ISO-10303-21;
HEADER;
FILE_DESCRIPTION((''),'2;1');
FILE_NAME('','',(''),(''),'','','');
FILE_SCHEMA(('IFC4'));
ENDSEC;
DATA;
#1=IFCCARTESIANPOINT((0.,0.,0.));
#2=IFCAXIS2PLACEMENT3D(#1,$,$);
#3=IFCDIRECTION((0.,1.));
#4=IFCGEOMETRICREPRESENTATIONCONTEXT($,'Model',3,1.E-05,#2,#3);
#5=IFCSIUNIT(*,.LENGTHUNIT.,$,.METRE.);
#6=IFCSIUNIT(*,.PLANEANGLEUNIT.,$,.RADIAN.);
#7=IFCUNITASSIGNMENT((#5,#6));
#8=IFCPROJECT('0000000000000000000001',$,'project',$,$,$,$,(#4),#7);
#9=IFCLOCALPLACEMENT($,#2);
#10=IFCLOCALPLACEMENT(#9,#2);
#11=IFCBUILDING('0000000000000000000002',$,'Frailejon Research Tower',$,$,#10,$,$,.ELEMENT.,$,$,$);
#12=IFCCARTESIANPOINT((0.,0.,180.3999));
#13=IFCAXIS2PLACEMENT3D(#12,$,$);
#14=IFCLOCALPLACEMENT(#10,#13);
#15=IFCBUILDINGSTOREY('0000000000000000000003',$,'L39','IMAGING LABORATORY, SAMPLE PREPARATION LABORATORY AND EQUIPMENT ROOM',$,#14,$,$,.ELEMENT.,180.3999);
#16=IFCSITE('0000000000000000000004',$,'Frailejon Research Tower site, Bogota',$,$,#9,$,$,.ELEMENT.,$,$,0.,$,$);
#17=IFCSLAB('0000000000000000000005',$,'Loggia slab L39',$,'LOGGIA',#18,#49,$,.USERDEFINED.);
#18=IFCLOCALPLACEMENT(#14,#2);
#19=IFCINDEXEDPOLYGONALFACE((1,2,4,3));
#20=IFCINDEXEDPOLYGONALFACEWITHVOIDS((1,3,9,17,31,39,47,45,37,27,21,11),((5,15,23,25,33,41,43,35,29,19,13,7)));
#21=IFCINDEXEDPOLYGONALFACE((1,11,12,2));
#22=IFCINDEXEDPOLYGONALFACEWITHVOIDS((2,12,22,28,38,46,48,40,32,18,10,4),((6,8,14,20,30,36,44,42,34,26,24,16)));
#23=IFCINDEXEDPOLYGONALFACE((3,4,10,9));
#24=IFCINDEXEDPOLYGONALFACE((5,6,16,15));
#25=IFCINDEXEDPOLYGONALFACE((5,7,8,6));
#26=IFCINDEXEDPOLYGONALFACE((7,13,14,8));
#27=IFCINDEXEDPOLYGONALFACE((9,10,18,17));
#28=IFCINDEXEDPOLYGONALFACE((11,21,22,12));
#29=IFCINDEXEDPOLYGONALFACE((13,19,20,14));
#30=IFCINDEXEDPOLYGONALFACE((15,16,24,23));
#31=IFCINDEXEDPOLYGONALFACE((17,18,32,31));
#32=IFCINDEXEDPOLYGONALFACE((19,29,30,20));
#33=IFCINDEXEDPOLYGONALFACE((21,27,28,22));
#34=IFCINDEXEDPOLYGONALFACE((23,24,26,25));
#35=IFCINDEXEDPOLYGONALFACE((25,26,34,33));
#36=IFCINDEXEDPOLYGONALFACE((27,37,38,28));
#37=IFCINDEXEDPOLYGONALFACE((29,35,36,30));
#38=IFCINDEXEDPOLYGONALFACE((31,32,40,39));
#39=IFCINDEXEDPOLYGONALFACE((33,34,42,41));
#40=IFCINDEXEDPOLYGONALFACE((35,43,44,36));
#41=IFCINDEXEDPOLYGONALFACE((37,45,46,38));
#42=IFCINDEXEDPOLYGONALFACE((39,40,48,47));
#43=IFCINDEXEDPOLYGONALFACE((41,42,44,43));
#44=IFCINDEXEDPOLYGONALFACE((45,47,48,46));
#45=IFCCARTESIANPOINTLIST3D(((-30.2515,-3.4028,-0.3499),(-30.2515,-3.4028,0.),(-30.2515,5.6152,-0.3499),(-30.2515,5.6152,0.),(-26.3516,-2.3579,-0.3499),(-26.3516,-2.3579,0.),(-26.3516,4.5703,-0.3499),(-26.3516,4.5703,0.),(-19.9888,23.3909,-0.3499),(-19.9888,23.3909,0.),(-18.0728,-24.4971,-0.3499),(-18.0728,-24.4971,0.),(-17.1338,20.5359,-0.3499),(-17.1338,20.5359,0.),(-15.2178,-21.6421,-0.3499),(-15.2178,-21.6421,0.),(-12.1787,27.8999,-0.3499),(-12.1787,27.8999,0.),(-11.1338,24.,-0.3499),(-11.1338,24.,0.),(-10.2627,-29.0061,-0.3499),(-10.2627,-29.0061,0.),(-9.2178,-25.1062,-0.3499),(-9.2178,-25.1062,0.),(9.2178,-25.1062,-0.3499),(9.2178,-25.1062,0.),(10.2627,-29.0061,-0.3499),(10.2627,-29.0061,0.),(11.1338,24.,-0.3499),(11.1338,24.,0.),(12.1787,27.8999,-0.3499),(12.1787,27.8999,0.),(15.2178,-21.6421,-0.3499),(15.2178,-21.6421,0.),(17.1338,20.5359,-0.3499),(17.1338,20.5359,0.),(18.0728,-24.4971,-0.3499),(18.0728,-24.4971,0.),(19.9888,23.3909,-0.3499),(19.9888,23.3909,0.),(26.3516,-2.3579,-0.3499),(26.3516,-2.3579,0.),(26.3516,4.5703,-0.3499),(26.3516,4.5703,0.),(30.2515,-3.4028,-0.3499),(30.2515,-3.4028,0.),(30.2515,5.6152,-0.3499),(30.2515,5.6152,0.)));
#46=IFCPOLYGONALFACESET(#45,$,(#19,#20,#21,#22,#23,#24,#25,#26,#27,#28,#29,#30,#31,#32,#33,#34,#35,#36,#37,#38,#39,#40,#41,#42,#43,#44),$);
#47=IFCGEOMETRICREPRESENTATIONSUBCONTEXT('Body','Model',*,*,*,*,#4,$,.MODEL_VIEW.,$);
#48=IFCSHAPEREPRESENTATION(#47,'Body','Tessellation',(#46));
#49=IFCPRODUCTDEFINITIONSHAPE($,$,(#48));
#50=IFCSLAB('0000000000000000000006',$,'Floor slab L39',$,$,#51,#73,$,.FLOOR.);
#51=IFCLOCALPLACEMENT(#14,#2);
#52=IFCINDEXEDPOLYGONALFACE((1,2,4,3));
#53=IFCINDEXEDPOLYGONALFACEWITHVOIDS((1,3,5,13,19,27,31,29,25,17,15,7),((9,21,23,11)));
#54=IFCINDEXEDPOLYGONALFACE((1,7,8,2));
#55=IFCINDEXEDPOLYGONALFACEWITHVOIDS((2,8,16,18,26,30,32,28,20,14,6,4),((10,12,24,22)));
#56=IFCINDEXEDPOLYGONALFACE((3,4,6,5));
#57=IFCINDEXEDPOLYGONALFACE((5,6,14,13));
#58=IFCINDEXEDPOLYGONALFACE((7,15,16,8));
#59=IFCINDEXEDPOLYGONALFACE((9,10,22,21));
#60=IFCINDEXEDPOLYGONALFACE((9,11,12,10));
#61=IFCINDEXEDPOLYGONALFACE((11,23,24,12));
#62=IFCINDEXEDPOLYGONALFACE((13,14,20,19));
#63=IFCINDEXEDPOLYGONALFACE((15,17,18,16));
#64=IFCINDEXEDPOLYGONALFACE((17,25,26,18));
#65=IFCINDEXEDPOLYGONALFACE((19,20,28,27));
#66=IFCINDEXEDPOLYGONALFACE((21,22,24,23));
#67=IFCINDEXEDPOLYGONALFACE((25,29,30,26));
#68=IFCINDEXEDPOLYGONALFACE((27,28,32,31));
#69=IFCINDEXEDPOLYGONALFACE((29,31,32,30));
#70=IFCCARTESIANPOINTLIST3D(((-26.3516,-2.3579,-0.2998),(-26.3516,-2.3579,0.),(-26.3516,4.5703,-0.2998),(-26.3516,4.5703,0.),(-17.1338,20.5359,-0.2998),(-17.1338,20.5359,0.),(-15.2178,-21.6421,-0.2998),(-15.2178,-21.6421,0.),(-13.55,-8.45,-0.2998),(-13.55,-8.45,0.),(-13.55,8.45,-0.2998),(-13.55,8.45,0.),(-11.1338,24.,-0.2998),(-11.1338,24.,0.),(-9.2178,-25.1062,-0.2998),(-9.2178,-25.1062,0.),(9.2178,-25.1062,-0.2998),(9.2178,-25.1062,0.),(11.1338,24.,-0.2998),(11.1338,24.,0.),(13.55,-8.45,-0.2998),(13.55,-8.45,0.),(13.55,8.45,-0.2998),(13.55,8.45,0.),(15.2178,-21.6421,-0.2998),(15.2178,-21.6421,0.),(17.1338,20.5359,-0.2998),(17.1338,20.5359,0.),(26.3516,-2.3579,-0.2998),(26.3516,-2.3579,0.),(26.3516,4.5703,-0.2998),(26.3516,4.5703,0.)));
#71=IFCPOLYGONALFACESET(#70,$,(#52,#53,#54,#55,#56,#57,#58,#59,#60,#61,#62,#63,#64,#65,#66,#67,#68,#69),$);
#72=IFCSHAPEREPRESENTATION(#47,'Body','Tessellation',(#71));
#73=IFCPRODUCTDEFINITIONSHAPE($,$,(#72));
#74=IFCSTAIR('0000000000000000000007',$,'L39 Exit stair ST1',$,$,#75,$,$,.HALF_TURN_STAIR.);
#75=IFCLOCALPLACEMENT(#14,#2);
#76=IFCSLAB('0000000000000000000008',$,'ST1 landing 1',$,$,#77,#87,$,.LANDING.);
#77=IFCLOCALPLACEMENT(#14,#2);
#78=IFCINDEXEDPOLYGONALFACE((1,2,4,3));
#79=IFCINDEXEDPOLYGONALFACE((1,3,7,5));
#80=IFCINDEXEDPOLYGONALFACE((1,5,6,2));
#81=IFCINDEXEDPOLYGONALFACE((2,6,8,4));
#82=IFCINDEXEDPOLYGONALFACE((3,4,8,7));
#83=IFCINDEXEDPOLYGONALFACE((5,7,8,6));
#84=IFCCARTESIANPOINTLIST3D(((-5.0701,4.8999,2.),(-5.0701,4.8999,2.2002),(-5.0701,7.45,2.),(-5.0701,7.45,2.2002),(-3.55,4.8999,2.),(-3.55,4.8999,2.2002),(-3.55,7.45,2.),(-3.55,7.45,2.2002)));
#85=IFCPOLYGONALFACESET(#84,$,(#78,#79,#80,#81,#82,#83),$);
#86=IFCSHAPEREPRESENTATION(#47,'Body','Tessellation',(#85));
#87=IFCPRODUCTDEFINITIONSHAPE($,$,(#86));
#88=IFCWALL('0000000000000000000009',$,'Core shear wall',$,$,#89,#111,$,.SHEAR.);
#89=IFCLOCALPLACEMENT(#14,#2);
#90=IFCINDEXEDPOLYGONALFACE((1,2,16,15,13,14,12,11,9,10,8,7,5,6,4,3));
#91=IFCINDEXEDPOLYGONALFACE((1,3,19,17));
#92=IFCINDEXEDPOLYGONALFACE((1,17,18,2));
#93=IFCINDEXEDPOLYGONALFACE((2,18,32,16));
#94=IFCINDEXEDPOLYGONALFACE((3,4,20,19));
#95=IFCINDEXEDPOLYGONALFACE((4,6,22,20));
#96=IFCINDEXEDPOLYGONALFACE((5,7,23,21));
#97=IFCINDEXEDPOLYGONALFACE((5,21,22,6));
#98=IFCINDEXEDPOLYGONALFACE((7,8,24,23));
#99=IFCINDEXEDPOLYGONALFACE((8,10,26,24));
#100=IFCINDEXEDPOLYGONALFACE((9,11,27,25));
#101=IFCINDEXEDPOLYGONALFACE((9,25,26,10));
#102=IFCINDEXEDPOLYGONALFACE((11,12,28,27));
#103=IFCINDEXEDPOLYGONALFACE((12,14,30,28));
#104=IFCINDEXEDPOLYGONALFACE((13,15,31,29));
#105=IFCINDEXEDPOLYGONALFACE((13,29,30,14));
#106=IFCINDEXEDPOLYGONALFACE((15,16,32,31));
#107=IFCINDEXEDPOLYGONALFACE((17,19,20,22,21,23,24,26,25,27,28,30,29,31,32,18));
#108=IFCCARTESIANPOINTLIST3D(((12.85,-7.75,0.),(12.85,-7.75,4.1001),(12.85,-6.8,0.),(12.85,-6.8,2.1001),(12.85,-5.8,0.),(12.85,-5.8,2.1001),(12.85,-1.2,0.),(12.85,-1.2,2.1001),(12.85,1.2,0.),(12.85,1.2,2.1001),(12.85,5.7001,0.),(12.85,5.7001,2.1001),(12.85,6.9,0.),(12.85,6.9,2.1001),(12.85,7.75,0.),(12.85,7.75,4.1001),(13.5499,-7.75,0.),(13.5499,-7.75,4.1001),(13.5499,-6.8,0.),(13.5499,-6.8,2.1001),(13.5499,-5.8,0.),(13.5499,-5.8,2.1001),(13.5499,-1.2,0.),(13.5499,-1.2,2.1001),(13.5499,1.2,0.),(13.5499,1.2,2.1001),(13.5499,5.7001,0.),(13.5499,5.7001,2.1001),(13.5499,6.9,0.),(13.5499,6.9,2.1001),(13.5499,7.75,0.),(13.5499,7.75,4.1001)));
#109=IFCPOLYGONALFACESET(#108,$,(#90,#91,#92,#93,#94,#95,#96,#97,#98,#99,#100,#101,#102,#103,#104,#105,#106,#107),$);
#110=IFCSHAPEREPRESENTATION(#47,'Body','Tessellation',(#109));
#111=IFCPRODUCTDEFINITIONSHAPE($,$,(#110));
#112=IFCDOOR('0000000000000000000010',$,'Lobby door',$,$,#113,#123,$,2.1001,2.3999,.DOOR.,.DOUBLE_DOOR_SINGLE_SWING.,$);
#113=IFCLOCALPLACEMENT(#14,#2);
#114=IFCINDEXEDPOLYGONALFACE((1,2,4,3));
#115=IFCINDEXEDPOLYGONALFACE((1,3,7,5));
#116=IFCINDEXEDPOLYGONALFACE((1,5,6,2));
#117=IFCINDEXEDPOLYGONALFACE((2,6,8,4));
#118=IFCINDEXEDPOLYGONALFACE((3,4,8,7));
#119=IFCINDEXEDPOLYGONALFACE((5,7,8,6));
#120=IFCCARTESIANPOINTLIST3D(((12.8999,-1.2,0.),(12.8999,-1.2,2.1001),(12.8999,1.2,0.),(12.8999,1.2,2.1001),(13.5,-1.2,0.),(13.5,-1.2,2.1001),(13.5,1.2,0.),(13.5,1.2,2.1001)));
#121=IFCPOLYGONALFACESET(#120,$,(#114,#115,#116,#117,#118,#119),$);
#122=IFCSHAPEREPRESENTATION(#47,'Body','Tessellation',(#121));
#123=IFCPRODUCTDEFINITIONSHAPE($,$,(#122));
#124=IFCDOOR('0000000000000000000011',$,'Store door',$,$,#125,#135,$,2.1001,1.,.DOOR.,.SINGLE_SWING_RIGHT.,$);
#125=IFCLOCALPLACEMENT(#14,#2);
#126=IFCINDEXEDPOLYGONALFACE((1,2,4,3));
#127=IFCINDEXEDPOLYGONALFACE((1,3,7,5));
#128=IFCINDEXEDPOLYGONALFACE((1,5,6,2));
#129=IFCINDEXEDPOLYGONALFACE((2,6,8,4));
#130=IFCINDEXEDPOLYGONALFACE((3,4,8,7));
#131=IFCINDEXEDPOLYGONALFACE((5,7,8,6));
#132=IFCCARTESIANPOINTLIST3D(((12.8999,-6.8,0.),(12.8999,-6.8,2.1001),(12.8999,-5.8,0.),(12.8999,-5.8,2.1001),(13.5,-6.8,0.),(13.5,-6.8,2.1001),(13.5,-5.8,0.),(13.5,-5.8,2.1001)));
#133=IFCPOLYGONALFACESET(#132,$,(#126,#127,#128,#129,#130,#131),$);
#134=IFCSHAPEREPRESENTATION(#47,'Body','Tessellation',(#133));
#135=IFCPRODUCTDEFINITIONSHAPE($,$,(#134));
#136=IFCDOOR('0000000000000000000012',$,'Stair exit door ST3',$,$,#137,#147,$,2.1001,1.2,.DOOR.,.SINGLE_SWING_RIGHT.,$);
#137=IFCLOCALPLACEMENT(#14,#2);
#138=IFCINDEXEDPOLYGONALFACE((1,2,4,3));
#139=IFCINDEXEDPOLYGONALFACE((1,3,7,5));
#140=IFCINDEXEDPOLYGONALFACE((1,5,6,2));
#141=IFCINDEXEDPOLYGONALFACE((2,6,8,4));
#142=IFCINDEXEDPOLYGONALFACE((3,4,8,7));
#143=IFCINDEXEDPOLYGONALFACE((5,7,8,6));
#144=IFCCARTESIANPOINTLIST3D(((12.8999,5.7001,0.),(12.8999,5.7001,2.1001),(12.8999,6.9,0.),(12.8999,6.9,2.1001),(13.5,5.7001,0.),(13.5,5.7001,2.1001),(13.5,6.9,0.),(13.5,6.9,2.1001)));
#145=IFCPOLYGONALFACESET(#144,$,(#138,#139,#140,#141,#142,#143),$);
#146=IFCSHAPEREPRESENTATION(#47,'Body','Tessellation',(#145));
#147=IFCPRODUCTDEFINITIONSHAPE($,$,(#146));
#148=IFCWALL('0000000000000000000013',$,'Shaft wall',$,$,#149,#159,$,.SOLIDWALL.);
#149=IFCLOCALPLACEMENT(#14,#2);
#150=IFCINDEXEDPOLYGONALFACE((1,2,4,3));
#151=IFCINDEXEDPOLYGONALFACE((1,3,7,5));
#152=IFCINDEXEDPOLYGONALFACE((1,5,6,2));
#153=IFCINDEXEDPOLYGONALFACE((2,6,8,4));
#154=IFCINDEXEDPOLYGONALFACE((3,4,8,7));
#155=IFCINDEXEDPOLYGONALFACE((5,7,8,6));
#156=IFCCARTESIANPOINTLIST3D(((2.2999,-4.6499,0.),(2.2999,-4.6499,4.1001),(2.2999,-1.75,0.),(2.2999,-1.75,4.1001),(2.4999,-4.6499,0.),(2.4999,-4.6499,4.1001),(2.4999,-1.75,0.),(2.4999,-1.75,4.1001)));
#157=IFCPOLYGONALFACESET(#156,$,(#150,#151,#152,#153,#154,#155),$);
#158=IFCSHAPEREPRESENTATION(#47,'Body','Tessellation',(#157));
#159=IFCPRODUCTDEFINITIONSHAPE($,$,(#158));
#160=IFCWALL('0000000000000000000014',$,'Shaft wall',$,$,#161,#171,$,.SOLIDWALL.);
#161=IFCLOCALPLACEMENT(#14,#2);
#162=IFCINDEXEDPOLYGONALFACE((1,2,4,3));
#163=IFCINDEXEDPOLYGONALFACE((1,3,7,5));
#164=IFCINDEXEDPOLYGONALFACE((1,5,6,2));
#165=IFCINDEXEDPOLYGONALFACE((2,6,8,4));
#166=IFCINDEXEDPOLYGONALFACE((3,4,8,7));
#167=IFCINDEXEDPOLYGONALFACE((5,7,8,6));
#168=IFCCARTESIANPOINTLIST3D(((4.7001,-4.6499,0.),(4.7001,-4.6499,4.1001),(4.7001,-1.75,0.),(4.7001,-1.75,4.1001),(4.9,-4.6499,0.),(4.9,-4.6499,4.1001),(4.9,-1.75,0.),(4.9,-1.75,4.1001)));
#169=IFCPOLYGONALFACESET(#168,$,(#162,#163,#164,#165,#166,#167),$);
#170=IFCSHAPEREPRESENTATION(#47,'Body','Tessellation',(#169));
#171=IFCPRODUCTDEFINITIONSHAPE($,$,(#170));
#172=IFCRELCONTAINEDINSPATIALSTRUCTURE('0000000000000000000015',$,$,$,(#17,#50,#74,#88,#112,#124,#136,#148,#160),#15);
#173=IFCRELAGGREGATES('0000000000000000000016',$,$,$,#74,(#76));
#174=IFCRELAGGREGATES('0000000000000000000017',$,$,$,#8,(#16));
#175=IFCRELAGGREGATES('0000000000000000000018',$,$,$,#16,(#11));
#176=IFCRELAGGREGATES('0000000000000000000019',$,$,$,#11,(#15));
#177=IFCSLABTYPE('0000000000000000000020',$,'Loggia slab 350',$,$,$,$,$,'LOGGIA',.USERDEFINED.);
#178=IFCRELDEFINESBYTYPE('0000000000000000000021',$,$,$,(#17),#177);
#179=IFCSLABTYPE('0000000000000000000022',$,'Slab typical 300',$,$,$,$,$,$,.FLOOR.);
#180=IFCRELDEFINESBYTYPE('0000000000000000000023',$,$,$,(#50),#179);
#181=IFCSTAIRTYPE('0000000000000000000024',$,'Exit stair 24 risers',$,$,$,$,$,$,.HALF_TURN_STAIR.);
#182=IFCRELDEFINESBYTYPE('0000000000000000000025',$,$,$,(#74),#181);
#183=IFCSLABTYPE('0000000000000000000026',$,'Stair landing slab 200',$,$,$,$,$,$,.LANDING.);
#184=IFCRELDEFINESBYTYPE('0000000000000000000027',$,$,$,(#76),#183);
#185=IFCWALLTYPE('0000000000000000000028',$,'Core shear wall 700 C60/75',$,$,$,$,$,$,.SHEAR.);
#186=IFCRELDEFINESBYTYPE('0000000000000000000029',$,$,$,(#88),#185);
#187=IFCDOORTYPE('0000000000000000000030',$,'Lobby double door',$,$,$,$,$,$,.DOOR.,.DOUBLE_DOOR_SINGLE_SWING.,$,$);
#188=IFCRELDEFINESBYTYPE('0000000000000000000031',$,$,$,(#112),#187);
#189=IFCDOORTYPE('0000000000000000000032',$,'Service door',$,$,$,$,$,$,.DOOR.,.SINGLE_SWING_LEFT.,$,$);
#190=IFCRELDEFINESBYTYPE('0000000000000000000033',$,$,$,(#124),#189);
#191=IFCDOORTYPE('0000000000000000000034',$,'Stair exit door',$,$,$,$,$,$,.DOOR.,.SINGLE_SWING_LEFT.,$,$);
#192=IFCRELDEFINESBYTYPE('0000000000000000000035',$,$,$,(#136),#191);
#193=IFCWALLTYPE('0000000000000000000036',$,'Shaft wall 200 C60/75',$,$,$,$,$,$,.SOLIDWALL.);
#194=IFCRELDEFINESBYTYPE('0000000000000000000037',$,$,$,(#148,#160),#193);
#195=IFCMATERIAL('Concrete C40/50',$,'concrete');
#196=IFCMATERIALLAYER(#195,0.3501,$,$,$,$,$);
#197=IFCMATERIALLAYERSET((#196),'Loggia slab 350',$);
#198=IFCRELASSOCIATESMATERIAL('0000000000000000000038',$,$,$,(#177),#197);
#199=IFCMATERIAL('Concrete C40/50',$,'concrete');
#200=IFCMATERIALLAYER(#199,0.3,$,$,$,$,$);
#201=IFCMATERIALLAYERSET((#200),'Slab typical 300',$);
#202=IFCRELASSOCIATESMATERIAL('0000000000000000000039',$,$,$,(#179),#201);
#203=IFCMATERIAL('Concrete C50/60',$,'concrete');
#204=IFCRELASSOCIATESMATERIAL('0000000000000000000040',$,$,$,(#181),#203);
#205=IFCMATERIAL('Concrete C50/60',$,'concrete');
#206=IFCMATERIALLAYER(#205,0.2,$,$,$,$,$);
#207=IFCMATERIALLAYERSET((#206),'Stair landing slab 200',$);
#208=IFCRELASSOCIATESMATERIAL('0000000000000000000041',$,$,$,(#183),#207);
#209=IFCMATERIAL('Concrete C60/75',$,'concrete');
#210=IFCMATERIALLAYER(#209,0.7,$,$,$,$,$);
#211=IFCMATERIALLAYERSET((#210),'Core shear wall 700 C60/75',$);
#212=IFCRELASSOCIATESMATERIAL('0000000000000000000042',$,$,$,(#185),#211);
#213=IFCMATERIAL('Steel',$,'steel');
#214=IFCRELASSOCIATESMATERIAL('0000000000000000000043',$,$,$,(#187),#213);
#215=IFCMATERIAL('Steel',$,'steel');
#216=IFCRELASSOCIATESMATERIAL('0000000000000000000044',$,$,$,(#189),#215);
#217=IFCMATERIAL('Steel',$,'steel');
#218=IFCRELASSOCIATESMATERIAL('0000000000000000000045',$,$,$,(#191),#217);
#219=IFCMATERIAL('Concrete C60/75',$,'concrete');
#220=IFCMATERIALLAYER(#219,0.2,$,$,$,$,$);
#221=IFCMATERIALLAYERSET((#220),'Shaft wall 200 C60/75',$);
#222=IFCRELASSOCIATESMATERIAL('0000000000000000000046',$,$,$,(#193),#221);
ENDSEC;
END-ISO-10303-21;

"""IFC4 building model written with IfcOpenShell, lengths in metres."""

from ifc_helpers import new_model, si_unit, direction, frame, frame_2d, origin, place, context, subcontext, project, spatial, polyline, rectangle, outline, extrude, material, layer, layer_set, type_object, element, fill, aggregate, save


model = new_model("IFC4")

# Units and contexts
model_context = context("Model", 3, precision=1e-05, world=origin(), true_north=direction((0.0, 1.0)))
body_context = subcontext(model_context, "Body", "Model", "MODEL_VIEW")
ifc_project = project(units=[si_unit("LENGTHUNIT", "METRE"), si_unit("PLANEANGLEUNIT", "RADIAN")], contexts=[model_context])

# Site, building, storey
site_placement = place(None, origin())
site = spatial("IfcSite", under=ifc_project, at=site_placement, Name="Frailejon Research Tower site, Bogota", CompositionType="ELEMENT", RefElevation=0.0)
building_placement = place(site_placement, origin())
building = spatial("IfcBuilding", under=site, at=building_placement, Name="Frailejon Research Tower", CompositionType="ELEMENT")
storey_placement = place(building_placement, frame((0.0, 0.0, 180.3999)))
storey = spatial("IfcBuildingStorey", under=building, at=storey_placement, Name="L39", Description="IMAGING LABORATORY, SAMPLE PREPARATION LABORATORY AND EQUIPMENT ROOM", CompositionType="ELEMENT", Elevation=180.3999)

# Slabs
ifc_material_1 = material(Name="Concrete C40/50", Category="concrete")
ifc_layer_1 = layer(ifc_material_1, 0.3501)
ifc_layer_set_1 = layer_set([ifc_layer_1], Name="Loggia slab 350")
slab_type_1 = type_object("IfcSlabType", Name="Loggia slab 350", ElementType="LOGGIA", PredefinedType="USERDEFINED", material=ifc_layer_set_1)
slab_1_placement = place(storey_placement, frame((0.0, 0.0, -0.3499)))
element("IfcSlab", 1, at=slab_1_placement, inside=storey, type_object=slab_type_1, Name="Loggia slab L39", ObjectType="LOGGIA", PredefinedType="USERDEFINED", context=body_context, shape_type="SweptSolid", body=[
    extrude(outline(polyline([(18.0728, -24.4971), (10.2627, -29.0061), (-10.2627, -29.0061), (-18.0728, -24.4971), (-30.2515, -3.4028), (-30.2515, 5.6152), (-19.9888, 23.3909), (-12.1787, 27.8999), (12.1787, 27.8999), (19.9888, 23.3909), (30.2515, 5.6152), (30.2515, -3.4028), (18.0728, -24.4971)]), holes=[polyline([(26.3516, 4.5703), (17.1338, 20.5359), (11.1338, 24.0), (-11.1338, 24.0), (-17.1338, 20.5359), (-26.3516, 4.5703), (-26.3516, -2.3579), (-15.2178, -21.6421), (-9.2178, -25.1062), (9.2178, -25.1062), (15.2178, -21.6421), (26.3516, -2.3579), (26.3516, 4.5703)])]), origin(), (0.0, 0.0, 1.0), 0.3499),
])
ifc_material_2 = material(Name="Concrete C40/50", Category="concrete")
ifc_layer_2 = layer(ifc_material_2, 0.3)
ifc_layer_set_2 = layer_set([ifc_layer_2], Name="Slab typical 300")
slab_type_2 = type_object("IfcSlabType", Name="Slab typical 300", PredefinedType="FLOOR", material=ifc_layer_set_2)
slab_2_placement = place(storey_placement, frame((0.0, 0.0, -0.2998)))
element("IfcSlab", 2, at=slab_2_placement, inside=storey, type_object=slab_type_2, Name="Floor slab L39", PredefinedType="FLOOR", context=body_context, shape_type="SweptSolid", body=[
    extrude(outline(polyline([(26.3516, -2.3579), (26.3516, 4.5703), (17.1338, 20.5359), (11.1338, 24.0), (-11.1338, 24.0), (-17.1338, 20.5359), (-26.3516, 4.5703), (-26.3516, -2.3579), (-15.2178, -21.6421), (-9.2178, -25.1062), (9.2178, -25.1062), (15.2178, -21.6421), (26.3516, -2.3579)]), holes=[polyline([(13.55, -8.45), (-13.55, -8.45), (-13.55, 8.45), (13.55, 8.45), (13.55, -8.45)])]), origin(), (0.0, 0.0, 1.0), 0.2998),
])

# Stair, slab
ifc_material_3 = material(Name="Concrete C50/60", Category="concrete")
stair_type = type_object("IfcStairType", Name="Exit stair 24 risers", PredefinedType="HALF_TURN_STAIR", material=ifc_material_3)
stair_placement = place(storey_placement, origin())
stair = element("IfcStair", 3, at=stair_placement, inside=storey, type_object=stair_type, Name="L39 Exit stair ST1", PredefinedType="HALF_TURN_STAIR")
ifc_material_4 = material(Name="Concrete C50/60", Category="concrete")
ifc_layer_3 = layer(ifc_material_4, 0.2)
ifc_layer_set_3 = layer_set([ifc_layer_3], Name="Stair landing slab 200")
slab_type_3 = type_object("IfcSlabType", Name="Stair landing slab 200", PredefinedType="LANDING", material=ifc_layer_set_3)
slab_3_placement = place(storey_placement, frame((0.0, 0.0, 2.0)))
slab_3 = element("IfcSlab", 4, at=slab_3_placement, type_object=slab_type_3, Name="ST1 landing 1", PredefinedType="LANDING", context=body_context, shape_type="SweptSolid", body=[
    extrude(outline(polyline([(-5.0701, 4.8999), (-3.55, 4.8999), (-3.55, 7.45), (-5.0701, 7.45), (-5.0701, 4.8999)])), origin(), (0.0, 0.0, 1.0), 0.2002),
])
aggregate(stair, [slab_3])

# Wall, openings, doors
ifc_material_5 = material(Name="Concrete C60/75", Category="concrete")
ifc_layer_4 = layer(ifc_material_5, 0.7)
ifc_layer_set_4 = layer_set([ifc_layer_4], Name="Core shear wall 700 C60/75")
wall_type_1 = type_object("IfcWallType", Name="Core shear wall 700 C60/75", PredefinedType="SHEAR", material=ifc_layer_set_4)
wall_1_placement = place(storey_placement, frame((13.2, -7.75, 0.0), z_axis=(0.0, 0.0, 1.0), x_axis=(0.0, 1.0, 0.0)))
wall_1 = element("IfcWall", 5, at=wall_1_placement, inside=storey, type_object=wall_type_1, Name="Core shear wall", PredefinedType="SHEAR", context=body_context, shape_type="SweptSolid", body=[
    extrude(rectangle(XDim=15.5, YDim=0.7, at=frame_2d((7.75, 0.0))), origin(), (0.0, 0.0, 1.0), 4.1001),
])
opening_1_placement = place(wall_1_placement, frame((6.55, 0.0, 0.0)))
opening_1 = element("IfcOpeningElement", 6, at=opening_1_placement, cuts=wall_1, PredefinedType="OPENING", context=body_context, shape_type="SweptSolid", body=[
    extrude(rectangle(XDim=2.3999, YDim=2.1001, at=frame_2d((1.2, 1.05))), frame((0.0, 0.3599, 0.0), z_axis=(0.0, -1.0, 0.0), x_axis=(1.0, 0.0, 0.0)), (0.0, 0.0, 1.0), 0.72),
])
opening_2_placement = place(wall_1_placement, frame((13.45, 0.0, 0.0)))
opening_2 = element("IfcOpeningElement", 7, at=opening_2_placement, cuts=wall_1, PredefinedType="OPENING", context=body_context, shape_type="SweptSolid", body=[
    extrude(rectangle(XDim=1.2, YDim=2.1001, at=frame_2d((0.6001, 1.05))), frame((0.0, 0.3599, 0.0), z_axis=(0.0, -1.0, 0.0), x_axis=(1.0, 0.0, 0.0)), (0.0, 0.0, 1.0), 0.72),
])
opening_3_placement = place(wall_1_placement, frame((0.95, 0.0, 0.0)))
opening_3 = element("IfcOpeningElement", 8, at=opening_3_placement, cuts=wall_1, PredefinedType="OPENING", context=body_context, shape_type="SweptSolid", body=[
    extrude(rectangle(XDim=1.0, YDim=2.1001, at=frame_2d((0.5, 1.05))), frame((0.0, 0.3599, 0.0), z_axis=(0.0, -1.0, 0.0), x_axis=(1.0, 0.0, 0.0)), (0.0, 0.0, 1.0), 0.72),
])
ifc_material_6 = material(Name="Steel", Category="steel")
door_type_1 = type_object("IfcDoorType", Name="Lobby double door", OperationType="DOUBLE_DOOR_SINGLE_SWING", PredefinedType="DOOR", material=ifc_material_6)
door_1_placement = place(opening_1_placement, origin())
door_1 = element("IfcDoor", 9, at=door_1_placement, inside=storey, type_object=door_type_1, Name="Lobby door", OperationType="DOUBLE_DOOR_SINGLE_SWING", OverallHeight=2.1001, OverallWidth=2.3999, PredefinedType="DOOR", context=body_context, shape_type="SweptSolid", body=[
    extrude(rectangle(XDim=2.3999, YDim=2.1001, at=frame_2d((1.2, 1.05))), frame((0.0, 0.3, 0.0), z_axis=(0.0, -1.0, 0.0), x_axis=(1.0, 0.0, 0.0)), (0.0, 0.0, 1.0), 0.6001),
])
fill(opening_1, door_1)
ifc_material_7 = material(Name="Steel", Category="steel")
door_type_2 = type_object("IfcDoorType", Name="Service door", OperationType="SINGLE_SWING_LEFT", PredefinedType="DOOR", material=ifc_material_7)
door_2_placement = place(opening_3_placement, origin())
door_2 = element("IfcDoor", 10, at=door_2_placement, inside=storey, type_object=door_type_2, Name="Store door", OperationType="SINGLE_SWING_RIGHT", OverallHeight=2.1001, OverallWidth=1.0, PredefinedType="DOOR", context=body_context, shape_type="SweptSolid", body=[
    extrude(rectangle(XDim=1.0, YDim=2.1001, at=frame_2d((0.5, 1.05))), frame((0.0, 0.3, 0.0), z_axis=(0.0, -1.0, 0.0), x_axis=(1.0, 0.0, 0.0)), (0.0, 0.0, 1.0), 0.6001),
])
fill(opening_3, door_2)
ifc_material_8 = material(Name="Steel", Category="steel")
door_type_3 = type_object("IfcDoorType", Name="Stair exit door", OperationType="SINGLE_SWING_LEFT", PredefinedType="DOOR", material=ifc_material_8)
door_3_placement = place(opening_2_placement, origin())
door_3 = element("IfcDoor", 11, at=door_3_placement, inside=storey, type_object=door_type_3, Name="Stair exit door ST3", OperationType="SINGLE_SWING_RIGHT", OverallHeight=2.1001, OverallWidth=1.2, PredefinedType="DOOR", context=body_context, shape_type="SweptSolid", body=[
    extrude(rectangle(XDim=1.2, YDim=2.1001, at=frame_2d((0.6001, 1.05))), frame((0.0, 0.3, 0.0), z_axis=(0.0, -1.0, 0.0), x_axis=(1.0, 0.0, 0.0)), (0.0, 0.0, 1.0), 0.6001),
])
fill(opening_2, door_3)

# Walls
ifc_material_9 = material(Name="Concrete C60/75", Category="concrete")
ifc_layer_5 = layer(ifc_material_9, 0.2)
ifc_layer_set_5 = layer_set([ifc_layer_5], Name="Shaft wall 200 C60/75")
wall_type_2 = type_object("IfcWallType", Name="Shaft wall 200 C60/75", PredefinedType="SOLIDWALL", material=ifc_layer_set_5)
for number, where, z_axis, x_axis, name in (
    (12, (2.3999, -4.6499, 0.0), (0.0, 0.0, 1.0), (0.0, 1.0, 0.0), "Shaft wall"),
    (13, (4.8, -4.6499, 0.0), (0.0, 0.0, 1.0), (0.0, 1.0, 0.0), "Shaft wall"),
):
    element("IfcWall", number, at=place(storey_placement, frame(where, z_axis=z_axis, x_axis=x_axis)), inside=storey, type_object=wall_type_2, Name=name, PredefinedType="SOLIDWALL", context=body_context, shape_type="SweptSolid", body=[
        extrude(rectangle(XDim=2.8999, YDim=0.2, at=frame_2d((1.45, 0.0))), origin(), (0.0, 0.0, 1.0), 4.1001),
    ])

save(model, "model.ifc")
